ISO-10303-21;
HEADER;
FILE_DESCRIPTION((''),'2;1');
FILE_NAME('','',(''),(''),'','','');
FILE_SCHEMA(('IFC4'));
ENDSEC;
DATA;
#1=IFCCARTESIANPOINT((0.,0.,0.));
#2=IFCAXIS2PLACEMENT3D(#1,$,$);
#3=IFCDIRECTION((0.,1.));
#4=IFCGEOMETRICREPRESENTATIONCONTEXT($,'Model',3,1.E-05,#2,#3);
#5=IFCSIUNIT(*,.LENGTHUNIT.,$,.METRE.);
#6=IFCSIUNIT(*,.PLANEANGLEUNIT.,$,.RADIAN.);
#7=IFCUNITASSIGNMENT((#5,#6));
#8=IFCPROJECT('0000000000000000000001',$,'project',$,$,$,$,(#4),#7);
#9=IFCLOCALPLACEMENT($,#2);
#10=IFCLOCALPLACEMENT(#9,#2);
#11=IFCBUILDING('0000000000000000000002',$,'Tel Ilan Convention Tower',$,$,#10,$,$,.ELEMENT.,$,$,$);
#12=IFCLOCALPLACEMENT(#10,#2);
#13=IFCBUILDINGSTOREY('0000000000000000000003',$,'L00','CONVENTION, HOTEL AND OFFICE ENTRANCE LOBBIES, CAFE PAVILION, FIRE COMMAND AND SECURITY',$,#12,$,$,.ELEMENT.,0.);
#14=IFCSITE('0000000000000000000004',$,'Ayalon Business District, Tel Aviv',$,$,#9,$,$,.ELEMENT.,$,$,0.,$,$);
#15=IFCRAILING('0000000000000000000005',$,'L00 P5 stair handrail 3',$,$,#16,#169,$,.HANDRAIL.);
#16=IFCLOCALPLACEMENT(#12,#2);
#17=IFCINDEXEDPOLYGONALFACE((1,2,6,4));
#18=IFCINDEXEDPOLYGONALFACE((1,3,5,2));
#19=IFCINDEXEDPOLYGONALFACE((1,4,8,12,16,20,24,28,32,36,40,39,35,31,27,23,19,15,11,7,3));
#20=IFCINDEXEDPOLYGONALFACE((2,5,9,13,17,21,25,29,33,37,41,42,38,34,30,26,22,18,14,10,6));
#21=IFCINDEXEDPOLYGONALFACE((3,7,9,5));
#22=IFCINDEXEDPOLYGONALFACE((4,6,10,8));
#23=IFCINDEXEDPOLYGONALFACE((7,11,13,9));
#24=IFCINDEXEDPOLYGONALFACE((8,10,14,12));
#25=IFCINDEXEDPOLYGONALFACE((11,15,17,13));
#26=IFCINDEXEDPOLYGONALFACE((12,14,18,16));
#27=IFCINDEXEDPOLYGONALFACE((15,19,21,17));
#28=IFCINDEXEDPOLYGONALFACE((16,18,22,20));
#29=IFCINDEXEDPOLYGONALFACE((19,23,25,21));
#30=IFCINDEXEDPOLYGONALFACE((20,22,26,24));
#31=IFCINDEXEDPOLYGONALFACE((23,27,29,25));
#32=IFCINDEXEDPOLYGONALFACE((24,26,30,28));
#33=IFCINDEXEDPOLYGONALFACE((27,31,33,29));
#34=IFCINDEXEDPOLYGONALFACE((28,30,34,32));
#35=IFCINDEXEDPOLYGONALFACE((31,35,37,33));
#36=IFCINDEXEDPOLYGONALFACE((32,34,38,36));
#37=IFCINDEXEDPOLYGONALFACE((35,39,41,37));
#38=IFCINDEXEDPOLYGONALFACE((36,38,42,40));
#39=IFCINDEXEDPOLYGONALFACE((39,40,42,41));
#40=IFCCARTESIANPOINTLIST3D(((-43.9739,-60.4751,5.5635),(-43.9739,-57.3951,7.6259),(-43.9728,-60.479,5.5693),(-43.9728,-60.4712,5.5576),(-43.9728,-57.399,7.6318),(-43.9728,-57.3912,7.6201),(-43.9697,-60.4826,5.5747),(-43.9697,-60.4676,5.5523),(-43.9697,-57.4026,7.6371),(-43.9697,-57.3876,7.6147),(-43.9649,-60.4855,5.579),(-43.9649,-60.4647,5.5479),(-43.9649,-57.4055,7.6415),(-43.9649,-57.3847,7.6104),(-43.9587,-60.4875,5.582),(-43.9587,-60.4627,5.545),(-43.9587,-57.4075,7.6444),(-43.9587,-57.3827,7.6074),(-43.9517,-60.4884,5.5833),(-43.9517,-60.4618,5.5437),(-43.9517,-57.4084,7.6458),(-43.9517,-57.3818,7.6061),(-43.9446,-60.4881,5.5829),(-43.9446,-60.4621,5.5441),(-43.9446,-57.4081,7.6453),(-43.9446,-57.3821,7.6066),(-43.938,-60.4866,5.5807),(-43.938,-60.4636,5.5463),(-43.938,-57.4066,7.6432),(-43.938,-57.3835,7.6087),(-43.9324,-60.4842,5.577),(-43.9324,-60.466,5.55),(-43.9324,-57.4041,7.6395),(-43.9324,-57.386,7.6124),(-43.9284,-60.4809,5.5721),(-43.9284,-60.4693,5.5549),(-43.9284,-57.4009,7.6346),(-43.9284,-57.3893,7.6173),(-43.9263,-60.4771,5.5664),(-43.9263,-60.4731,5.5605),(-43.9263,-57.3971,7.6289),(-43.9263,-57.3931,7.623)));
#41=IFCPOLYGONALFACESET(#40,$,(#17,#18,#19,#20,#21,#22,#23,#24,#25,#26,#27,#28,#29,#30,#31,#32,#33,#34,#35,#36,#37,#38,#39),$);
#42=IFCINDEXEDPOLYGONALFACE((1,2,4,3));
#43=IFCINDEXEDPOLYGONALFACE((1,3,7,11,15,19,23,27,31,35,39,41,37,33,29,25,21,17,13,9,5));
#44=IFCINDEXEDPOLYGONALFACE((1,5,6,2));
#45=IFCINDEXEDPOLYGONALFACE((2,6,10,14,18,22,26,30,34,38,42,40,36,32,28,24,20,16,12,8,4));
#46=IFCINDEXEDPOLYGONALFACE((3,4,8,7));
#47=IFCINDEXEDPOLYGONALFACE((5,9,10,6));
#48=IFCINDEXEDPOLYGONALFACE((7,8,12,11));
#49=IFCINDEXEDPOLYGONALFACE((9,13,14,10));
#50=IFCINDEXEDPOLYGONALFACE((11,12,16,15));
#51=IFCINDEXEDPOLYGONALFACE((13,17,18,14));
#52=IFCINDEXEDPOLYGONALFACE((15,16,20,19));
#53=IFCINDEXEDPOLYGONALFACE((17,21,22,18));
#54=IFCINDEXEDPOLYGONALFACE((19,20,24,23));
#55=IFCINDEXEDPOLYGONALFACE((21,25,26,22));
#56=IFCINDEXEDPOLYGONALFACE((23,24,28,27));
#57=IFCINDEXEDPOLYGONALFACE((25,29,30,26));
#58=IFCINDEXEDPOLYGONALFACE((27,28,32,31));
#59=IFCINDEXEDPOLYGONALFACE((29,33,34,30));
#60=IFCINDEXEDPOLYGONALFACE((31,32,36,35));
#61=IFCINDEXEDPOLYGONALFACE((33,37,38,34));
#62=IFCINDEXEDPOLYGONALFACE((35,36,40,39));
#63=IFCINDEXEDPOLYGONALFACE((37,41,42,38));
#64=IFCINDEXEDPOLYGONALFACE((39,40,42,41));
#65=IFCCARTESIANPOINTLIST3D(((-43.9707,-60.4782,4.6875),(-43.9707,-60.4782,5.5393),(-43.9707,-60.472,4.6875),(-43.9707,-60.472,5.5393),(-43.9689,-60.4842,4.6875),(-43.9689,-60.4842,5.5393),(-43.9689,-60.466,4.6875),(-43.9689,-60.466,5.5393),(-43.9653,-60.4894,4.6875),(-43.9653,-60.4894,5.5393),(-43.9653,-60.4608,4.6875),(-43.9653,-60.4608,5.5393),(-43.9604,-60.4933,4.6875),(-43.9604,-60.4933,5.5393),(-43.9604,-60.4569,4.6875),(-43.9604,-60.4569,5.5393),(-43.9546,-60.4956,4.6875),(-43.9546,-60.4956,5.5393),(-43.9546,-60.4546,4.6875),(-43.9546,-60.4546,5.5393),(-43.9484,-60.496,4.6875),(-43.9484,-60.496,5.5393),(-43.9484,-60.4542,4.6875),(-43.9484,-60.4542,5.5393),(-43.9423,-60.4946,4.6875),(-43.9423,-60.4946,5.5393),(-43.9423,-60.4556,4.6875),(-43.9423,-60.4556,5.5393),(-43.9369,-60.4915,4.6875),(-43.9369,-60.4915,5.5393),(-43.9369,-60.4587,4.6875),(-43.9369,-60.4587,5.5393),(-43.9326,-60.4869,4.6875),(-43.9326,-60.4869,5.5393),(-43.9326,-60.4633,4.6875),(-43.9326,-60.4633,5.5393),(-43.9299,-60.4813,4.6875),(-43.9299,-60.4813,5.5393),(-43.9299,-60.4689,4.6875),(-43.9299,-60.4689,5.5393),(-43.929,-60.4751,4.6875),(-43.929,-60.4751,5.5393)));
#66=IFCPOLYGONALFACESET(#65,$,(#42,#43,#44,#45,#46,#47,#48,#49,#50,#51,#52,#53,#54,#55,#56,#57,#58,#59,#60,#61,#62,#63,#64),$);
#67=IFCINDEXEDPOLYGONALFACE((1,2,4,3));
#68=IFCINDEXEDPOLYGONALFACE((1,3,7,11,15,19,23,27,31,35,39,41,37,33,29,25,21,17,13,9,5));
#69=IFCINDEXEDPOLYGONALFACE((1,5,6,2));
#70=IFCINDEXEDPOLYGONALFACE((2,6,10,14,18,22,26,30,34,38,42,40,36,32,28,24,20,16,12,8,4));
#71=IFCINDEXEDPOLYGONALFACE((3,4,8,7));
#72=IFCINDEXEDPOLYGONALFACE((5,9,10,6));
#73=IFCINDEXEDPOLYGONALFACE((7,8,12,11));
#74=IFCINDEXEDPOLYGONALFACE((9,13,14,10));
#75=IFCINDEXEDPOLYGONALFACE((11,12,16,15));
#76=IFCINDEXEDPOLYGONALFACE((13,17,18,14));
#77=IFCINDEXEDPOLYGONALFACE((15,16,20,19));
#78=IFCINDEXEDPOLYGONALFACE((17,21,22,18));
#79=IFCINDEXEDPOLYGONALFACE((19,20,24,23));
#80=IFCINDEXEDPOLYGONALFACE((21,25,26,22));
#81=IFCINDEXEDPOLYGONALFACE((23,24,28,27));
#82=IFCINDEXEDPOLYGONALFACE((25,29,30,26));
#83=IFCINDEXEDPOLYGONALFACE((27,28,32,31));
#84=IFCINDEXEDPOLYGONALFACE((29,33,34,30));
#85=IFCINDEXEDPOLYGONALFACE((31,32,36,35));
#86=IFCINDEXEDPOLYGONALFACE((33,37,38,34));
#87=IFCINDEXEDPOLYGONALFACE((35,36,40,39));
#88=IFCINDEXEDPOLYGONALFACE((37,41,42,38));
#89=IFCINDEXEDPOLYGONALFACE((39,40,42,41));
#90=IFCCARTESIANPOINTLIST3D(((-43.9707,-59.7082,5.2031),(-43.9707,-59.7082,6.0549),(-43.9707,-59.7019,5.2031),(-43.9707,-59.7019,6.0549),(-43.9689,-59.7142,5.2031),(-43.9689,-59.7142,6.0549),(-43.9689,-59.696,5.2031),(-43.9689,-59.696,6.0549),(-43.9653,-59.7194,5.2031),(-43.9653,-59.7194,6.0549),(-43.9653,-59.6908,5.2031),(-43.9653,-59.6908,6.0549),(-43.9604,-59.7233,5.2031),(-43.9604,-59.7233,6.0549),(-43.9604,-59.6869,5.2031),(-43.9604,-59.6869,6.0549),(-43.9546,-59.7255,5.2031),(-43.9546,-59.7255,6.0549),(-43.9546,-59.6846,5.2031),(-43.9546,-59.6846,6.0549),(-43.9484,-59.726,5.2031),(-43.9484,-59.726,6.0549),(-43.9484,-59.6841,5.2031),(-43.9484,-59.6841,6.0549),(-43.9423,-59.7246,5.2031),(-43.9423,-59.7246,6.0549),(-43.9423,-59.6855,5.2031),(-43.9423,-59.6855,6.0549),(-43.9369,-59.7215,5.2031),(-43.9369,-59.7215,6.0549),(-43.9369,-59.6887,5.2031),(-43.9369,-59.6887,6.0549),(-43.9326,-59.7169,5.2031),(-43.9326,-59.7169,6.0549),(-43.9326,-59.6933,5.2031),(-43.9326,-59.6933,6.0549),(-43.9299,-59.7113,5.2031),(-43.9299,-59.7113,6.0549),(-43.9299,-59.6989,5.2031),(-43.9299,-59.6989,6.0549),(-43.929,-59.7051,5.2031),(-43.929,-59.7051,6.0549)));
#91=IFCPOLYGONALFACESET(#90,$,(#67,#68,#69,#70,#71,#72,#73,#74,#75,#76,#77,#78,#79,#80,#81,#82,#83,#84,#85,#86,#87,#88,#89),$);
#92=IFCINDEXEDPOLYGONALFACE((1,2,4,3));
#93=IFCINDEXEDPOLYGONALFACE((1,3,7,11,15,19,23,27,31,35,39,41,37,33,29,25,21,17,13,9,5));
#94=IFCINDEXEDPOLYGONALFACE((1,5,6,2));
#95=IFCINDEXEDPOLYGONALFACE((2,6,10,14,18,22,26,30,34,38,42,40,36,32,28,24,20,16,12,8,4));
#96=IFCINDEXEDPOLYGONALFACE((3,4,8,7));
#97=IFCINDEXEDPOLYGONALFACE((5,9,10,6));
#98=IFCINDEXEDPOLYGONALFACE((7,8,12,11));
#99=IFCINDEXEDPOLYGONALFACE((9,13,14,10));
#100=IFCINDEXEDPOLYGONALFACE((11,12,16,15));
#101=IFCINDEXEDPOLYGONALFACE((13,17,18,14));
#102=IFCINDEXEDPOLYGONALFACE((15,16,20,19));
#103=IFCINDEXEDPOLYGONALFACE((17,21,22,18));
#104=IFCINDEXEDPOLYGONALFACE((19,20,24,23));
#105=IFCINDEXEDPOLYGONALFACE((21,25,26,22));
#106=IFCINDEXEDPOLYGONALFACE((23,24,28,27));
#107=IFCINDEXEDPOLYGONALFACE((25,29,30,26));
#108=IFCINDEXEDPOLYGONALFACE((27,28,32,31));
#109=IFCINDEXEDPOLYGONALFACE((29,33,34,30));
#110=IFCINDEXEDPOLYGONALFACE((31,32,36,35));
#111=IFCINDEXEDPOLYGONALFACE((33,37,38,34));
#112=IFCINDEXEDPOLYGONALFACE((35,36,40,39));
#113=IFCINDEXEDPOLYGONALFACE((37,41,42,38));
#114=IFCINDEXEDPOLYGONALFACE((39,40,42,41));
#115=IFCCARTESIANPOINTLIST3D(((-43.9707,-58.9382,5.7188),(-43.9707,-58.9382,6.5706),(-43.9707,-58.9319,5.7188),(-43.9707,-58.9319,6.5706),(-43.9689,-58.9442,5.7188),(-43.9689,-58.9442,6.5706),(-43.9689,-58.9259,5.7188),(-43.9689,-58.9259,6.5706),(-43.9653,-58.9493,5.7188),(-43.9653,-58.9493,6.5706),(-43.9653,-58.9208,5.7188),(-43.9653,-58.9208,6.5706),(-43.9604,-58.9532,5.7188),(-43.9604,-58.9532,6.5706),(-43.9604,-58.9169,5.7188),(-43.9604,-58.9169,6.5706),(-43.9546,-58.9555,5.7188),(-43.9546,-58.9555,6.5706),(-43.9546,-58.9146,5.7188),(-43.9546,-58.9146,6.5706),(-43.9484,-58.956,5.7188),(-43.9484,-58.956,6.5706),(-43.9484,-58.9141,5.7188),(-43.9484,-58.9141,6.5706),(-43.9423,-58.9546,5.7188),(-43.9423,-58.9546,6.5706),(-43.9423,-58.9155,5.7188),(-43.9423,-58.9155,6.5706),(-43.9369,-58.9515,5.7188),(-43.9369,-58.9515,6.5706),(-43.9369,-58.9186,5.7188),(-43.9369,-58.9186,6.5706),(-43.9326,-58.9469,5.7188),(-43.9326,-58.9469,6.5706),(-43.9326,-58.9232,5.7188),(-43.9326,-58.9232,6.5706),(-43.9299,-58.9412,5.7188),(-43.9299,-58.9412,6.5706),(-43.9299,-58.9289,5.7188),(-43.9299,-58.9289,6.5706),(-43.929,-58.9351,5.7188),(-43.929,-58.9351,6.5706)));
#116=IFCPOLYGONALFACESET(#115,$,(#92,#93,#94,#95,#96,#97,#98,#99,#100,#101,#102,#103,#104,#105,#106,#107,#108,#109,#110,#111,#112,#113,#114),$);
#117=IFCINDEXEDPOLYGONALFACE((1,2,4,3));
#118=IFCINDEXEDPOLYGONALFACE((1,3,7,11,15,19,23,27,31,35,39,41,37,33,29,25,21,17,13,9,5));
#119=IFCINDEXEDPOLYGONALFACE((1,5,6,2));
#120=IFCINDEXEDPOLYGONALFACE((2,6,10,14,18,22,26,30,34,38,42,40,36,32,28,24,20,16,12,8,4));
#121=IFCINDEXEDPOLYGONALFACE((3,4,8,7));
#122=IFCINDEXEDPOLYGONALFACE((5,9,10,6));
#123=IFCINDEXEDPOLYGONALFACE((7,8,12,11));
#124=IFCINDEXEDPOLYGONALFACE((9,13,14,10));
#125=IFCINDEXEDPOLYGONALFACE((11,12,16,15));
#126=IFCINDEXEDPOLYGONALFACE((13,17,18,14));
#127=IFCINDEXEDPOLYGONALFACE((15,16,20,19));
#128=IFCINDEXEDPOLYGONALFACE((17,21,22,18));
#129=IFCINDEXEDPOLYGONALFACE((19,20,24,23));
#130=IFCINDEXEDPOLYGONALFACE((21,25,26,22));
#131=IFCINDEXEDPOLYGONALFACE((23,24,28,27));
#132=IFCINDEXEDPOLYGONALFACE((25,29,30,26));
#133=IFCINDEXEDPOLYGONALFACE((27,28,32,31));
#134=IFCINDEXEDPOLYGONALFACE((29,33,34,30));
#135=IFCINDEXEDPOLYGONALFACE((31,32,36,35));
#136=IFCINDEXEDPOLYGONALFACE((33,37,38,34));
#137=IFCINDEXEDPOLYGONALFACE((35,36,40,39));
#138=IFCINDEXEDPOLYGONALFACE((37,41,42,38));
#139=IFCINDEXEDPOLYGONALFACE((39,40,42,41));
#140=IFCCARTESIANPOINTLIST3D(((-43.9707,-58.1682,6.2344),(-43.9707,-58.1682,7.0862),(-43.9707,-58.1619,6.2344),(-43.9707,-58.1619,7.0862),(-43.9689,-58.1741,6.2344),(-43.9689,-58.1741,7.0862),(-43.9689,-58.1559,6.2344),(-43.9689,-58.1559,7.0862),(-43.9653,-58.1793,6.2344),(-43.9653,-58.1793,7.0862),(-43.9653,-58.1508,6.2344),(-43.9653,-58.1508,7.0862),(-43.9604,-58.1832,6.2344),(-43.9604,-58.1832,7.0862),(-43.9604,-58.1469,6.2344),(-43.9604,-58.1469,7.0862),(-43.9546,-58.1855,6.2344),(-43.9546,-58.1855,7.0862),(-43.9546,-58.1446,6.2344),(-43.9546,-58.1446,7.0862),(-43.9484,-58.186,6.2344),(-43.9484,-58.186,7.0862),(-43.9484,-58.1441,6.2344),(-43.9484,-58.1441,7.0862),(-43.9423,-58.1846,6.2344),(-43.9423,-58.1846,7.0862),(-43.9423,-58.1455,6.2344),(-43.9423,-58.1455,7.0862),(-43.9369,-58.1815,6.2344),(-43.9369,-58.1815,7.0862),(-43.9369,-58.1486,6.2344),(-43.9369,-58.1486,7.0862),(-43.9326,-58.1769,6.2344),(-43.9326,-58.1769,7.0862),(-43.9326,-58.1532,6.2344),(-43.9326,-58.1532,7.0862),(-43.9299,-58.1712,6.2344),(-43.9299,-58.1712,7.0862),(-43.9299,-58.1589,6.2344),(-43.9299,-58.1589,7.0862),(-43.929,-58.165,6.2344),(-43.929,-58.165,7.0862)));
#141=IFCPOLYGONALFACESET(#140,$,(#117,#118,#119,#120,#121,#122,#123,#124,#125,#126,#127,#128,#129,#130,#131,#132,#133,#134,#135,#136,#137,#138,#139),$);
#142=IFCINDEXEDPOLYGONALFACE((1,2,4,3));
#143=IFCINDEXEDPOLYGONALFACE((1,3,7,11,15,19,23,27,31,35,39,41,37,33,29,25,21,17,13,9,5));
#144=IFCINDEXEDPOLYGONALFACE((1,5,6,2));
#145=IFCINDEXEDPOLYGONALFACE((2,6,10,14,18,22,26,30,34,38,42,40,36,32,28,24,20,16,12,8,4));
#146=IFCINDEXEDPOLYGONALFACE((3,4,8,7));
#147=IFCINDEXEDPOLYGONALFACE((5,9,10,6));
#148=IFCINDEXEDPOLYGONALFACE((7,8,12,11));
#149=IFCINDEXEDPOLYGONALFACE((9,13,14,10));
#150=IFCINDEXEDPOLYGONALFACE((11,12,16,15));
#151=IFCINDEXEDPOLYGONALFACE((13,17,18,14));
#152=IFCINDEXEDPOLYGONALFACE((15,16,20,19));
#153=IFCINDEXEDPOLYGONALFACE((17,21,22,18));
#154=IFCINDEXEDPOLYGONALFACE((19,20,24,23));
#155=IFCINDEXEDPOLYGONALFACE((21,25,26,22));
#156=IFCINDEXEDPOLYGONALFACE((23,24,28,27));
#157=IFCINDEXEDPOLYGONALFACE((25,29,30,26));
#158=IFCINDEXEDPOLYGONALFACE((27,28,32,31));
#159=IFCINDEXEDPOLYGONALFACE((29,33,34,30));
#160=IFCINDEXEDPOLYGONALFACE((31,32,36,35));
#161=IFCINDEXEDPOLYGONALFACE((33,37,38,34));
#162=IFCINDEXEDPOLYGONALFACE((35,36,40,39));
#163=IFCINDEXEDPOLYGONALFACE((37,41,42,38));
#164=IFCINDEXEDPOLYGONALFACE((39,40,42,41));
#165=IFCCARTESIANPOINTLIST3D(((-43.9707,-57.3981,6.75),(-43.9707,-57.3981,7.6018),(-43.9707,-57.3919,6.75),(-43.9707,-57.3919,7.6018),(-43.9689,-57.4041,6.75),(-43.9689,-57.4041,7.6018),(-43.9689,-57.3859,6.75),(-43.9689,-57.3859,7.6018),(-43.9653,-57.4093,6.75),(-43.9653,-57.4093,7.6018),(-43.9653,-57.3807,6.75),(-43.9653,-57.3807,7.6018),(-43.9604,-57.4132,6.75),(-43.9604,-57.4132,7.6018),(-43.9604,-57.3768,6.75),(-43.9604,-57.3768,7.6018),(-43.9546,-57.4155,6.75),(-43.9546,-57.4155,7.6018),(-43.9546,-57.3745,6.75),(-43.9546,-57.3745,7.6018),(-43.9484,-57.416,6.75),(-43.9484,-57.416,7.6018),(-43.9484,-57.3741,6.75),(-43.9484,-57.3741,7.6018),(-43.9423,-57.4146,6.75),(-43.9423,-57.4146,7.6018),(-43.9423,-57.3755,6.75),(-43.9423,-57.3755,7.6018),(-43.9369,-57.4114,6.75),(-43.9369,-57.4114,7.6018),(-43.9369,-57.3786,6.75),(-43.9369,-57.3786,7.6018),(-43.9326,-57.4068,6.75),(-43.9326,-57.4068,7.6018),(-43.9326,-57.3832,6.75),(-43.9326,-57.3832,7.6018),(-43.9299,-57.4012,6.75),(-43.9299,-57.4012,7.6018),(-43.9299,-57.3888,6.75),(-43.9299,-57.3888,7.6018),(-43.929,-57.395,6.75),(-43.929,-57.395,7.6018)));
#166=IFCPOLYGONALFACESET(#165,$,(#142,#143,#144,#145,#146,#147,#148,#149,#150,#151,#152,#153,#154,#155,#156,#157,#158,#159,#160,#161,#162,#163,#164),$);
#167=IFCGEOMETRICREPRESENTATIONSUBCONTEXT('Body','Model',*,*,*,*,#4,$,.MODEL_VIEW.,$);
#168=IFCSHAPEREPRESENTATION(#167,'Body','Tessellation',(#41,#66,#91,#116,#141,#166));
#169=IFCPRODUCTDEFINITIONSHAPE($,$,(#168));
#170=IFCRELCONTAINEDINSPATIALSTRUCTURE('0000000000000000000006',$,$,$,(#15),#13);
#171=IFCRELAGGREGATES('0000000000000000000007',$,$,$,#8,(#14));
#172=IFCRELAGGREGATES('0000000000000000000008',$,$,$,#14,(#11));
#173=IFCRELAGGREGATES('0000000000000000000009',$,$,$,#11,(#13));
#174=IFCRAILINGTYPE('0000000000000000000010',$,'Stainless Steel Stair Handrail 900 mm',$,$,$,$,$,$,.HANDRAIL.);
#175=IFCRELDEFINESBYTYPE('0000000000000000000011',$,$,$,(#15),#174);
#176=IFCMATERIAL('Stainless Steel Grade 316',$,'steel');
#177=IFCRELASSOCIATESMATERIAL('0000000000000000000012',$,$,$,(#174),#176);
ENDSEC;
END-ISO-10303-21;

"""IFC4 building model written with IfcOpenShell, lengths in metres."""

from ifc_helpers import new_model, si_unit, direction, frame, origin, origin_2d, place, context, subcontext, project, spatial, circle, extrude, material, type_object, element, save


model = new_model("IFC4")

# Units and contexts
model_context = context("Model", 3, precision=1e-05, world=origin(), true_north=direction((0.0, 1.0)))
body_context = subcontext(model_context, "Body", "Model", "MODEL_VIEW")
ifc_project = project(units=[si_unit("LENGTHUNIT", "METRE"), si_unit("PLANEANGLEUNIT", "RADIAN")], contexts=[model_context])

# Site, building, storey
site_placement = place(None, origin())
site = spatial("IfcSite", under=ifc_project, at=site_placement, Name="Ayalon Business District, Tel Aviv", CompositionType="ELEMENT", RefElevation=0.0)
building_placement = place(site_placement, origin())
building = spatial("IfcBuilding", under=site, at=building_placement, Name="Tel Ilan Convention Tower", CompositionType="ELEMENT")
storey_placement = place(building_placement, origin())
storey = spatial("IfcBuildingStorey", under=building, at=storey_placement, Name="L00", Description="CONVENTION, HOTEL AND OFFICE ENTRANCE LOBBIES, CAFE PAVILION, FIRE COMMAND AND SECURITY", CompositionType="ELEMENT", Elevation=0.0)

# Railing
ifc_material_1 = material(Name="Stainless Steel Grade 316", Category="steel")
railing_type_1 = type_object("IfcRailingType", Name="Stainless Steel Stair Handrail 900 mm", PredefinedType="HANDRAIL", material=ifc_material_1)
for number, where, name in (
    (1, (-43.95, -60.4751, 4.6875), "L00 P5 stair handrail 3"),
):
    element("IfcRailing", number, at=place(storey_placement, frame(where)), inside=storey, type_object=railing_type_1, Name=name, PredefinedType="HANDRAIL", context=body_context, shape_type="SweptSolid", body=[
        extrude(circle(Radius=0.0239, at=origin_2d()), frame((0.0, 0.0, 0.876), z_axis=(0.0, 0.830914, 0.556401), x_axis=(-1.0, 0.0, 0.0)), (0.0, 0.0, 1.0), 3.7068),
        extrude(circle(Radius=0.021, at=origin_2d()), origin(), (0.0, 0.0, 1.0), 0.8518),
        extrude(circle(Radius=0.021, at=origin_2d()), frame((0.0, 0.77, 0.5156)), (0.0, 0.0, 1.0), 0.8518),
        extrude(circle(Radius=0.021, at=origin_2d()), frame((0.0, 1.54, 1.0312)), (0.0, 0.0, 1.0), 0.8518),
        extrude(circle(Radius=0.021, at=origin_2d()), frame((0.0, 2.3101, 1.5469)), (0.0, 0.0, 1.0), 0.8518),
        extrude(circle(Radius=0.021, at=origin_2d()), frame((0.0, 3.0801, 2.0625)), (0.0, 0.0, 1.0), 0.8518),
    ])

save(model, "model.ifc")
